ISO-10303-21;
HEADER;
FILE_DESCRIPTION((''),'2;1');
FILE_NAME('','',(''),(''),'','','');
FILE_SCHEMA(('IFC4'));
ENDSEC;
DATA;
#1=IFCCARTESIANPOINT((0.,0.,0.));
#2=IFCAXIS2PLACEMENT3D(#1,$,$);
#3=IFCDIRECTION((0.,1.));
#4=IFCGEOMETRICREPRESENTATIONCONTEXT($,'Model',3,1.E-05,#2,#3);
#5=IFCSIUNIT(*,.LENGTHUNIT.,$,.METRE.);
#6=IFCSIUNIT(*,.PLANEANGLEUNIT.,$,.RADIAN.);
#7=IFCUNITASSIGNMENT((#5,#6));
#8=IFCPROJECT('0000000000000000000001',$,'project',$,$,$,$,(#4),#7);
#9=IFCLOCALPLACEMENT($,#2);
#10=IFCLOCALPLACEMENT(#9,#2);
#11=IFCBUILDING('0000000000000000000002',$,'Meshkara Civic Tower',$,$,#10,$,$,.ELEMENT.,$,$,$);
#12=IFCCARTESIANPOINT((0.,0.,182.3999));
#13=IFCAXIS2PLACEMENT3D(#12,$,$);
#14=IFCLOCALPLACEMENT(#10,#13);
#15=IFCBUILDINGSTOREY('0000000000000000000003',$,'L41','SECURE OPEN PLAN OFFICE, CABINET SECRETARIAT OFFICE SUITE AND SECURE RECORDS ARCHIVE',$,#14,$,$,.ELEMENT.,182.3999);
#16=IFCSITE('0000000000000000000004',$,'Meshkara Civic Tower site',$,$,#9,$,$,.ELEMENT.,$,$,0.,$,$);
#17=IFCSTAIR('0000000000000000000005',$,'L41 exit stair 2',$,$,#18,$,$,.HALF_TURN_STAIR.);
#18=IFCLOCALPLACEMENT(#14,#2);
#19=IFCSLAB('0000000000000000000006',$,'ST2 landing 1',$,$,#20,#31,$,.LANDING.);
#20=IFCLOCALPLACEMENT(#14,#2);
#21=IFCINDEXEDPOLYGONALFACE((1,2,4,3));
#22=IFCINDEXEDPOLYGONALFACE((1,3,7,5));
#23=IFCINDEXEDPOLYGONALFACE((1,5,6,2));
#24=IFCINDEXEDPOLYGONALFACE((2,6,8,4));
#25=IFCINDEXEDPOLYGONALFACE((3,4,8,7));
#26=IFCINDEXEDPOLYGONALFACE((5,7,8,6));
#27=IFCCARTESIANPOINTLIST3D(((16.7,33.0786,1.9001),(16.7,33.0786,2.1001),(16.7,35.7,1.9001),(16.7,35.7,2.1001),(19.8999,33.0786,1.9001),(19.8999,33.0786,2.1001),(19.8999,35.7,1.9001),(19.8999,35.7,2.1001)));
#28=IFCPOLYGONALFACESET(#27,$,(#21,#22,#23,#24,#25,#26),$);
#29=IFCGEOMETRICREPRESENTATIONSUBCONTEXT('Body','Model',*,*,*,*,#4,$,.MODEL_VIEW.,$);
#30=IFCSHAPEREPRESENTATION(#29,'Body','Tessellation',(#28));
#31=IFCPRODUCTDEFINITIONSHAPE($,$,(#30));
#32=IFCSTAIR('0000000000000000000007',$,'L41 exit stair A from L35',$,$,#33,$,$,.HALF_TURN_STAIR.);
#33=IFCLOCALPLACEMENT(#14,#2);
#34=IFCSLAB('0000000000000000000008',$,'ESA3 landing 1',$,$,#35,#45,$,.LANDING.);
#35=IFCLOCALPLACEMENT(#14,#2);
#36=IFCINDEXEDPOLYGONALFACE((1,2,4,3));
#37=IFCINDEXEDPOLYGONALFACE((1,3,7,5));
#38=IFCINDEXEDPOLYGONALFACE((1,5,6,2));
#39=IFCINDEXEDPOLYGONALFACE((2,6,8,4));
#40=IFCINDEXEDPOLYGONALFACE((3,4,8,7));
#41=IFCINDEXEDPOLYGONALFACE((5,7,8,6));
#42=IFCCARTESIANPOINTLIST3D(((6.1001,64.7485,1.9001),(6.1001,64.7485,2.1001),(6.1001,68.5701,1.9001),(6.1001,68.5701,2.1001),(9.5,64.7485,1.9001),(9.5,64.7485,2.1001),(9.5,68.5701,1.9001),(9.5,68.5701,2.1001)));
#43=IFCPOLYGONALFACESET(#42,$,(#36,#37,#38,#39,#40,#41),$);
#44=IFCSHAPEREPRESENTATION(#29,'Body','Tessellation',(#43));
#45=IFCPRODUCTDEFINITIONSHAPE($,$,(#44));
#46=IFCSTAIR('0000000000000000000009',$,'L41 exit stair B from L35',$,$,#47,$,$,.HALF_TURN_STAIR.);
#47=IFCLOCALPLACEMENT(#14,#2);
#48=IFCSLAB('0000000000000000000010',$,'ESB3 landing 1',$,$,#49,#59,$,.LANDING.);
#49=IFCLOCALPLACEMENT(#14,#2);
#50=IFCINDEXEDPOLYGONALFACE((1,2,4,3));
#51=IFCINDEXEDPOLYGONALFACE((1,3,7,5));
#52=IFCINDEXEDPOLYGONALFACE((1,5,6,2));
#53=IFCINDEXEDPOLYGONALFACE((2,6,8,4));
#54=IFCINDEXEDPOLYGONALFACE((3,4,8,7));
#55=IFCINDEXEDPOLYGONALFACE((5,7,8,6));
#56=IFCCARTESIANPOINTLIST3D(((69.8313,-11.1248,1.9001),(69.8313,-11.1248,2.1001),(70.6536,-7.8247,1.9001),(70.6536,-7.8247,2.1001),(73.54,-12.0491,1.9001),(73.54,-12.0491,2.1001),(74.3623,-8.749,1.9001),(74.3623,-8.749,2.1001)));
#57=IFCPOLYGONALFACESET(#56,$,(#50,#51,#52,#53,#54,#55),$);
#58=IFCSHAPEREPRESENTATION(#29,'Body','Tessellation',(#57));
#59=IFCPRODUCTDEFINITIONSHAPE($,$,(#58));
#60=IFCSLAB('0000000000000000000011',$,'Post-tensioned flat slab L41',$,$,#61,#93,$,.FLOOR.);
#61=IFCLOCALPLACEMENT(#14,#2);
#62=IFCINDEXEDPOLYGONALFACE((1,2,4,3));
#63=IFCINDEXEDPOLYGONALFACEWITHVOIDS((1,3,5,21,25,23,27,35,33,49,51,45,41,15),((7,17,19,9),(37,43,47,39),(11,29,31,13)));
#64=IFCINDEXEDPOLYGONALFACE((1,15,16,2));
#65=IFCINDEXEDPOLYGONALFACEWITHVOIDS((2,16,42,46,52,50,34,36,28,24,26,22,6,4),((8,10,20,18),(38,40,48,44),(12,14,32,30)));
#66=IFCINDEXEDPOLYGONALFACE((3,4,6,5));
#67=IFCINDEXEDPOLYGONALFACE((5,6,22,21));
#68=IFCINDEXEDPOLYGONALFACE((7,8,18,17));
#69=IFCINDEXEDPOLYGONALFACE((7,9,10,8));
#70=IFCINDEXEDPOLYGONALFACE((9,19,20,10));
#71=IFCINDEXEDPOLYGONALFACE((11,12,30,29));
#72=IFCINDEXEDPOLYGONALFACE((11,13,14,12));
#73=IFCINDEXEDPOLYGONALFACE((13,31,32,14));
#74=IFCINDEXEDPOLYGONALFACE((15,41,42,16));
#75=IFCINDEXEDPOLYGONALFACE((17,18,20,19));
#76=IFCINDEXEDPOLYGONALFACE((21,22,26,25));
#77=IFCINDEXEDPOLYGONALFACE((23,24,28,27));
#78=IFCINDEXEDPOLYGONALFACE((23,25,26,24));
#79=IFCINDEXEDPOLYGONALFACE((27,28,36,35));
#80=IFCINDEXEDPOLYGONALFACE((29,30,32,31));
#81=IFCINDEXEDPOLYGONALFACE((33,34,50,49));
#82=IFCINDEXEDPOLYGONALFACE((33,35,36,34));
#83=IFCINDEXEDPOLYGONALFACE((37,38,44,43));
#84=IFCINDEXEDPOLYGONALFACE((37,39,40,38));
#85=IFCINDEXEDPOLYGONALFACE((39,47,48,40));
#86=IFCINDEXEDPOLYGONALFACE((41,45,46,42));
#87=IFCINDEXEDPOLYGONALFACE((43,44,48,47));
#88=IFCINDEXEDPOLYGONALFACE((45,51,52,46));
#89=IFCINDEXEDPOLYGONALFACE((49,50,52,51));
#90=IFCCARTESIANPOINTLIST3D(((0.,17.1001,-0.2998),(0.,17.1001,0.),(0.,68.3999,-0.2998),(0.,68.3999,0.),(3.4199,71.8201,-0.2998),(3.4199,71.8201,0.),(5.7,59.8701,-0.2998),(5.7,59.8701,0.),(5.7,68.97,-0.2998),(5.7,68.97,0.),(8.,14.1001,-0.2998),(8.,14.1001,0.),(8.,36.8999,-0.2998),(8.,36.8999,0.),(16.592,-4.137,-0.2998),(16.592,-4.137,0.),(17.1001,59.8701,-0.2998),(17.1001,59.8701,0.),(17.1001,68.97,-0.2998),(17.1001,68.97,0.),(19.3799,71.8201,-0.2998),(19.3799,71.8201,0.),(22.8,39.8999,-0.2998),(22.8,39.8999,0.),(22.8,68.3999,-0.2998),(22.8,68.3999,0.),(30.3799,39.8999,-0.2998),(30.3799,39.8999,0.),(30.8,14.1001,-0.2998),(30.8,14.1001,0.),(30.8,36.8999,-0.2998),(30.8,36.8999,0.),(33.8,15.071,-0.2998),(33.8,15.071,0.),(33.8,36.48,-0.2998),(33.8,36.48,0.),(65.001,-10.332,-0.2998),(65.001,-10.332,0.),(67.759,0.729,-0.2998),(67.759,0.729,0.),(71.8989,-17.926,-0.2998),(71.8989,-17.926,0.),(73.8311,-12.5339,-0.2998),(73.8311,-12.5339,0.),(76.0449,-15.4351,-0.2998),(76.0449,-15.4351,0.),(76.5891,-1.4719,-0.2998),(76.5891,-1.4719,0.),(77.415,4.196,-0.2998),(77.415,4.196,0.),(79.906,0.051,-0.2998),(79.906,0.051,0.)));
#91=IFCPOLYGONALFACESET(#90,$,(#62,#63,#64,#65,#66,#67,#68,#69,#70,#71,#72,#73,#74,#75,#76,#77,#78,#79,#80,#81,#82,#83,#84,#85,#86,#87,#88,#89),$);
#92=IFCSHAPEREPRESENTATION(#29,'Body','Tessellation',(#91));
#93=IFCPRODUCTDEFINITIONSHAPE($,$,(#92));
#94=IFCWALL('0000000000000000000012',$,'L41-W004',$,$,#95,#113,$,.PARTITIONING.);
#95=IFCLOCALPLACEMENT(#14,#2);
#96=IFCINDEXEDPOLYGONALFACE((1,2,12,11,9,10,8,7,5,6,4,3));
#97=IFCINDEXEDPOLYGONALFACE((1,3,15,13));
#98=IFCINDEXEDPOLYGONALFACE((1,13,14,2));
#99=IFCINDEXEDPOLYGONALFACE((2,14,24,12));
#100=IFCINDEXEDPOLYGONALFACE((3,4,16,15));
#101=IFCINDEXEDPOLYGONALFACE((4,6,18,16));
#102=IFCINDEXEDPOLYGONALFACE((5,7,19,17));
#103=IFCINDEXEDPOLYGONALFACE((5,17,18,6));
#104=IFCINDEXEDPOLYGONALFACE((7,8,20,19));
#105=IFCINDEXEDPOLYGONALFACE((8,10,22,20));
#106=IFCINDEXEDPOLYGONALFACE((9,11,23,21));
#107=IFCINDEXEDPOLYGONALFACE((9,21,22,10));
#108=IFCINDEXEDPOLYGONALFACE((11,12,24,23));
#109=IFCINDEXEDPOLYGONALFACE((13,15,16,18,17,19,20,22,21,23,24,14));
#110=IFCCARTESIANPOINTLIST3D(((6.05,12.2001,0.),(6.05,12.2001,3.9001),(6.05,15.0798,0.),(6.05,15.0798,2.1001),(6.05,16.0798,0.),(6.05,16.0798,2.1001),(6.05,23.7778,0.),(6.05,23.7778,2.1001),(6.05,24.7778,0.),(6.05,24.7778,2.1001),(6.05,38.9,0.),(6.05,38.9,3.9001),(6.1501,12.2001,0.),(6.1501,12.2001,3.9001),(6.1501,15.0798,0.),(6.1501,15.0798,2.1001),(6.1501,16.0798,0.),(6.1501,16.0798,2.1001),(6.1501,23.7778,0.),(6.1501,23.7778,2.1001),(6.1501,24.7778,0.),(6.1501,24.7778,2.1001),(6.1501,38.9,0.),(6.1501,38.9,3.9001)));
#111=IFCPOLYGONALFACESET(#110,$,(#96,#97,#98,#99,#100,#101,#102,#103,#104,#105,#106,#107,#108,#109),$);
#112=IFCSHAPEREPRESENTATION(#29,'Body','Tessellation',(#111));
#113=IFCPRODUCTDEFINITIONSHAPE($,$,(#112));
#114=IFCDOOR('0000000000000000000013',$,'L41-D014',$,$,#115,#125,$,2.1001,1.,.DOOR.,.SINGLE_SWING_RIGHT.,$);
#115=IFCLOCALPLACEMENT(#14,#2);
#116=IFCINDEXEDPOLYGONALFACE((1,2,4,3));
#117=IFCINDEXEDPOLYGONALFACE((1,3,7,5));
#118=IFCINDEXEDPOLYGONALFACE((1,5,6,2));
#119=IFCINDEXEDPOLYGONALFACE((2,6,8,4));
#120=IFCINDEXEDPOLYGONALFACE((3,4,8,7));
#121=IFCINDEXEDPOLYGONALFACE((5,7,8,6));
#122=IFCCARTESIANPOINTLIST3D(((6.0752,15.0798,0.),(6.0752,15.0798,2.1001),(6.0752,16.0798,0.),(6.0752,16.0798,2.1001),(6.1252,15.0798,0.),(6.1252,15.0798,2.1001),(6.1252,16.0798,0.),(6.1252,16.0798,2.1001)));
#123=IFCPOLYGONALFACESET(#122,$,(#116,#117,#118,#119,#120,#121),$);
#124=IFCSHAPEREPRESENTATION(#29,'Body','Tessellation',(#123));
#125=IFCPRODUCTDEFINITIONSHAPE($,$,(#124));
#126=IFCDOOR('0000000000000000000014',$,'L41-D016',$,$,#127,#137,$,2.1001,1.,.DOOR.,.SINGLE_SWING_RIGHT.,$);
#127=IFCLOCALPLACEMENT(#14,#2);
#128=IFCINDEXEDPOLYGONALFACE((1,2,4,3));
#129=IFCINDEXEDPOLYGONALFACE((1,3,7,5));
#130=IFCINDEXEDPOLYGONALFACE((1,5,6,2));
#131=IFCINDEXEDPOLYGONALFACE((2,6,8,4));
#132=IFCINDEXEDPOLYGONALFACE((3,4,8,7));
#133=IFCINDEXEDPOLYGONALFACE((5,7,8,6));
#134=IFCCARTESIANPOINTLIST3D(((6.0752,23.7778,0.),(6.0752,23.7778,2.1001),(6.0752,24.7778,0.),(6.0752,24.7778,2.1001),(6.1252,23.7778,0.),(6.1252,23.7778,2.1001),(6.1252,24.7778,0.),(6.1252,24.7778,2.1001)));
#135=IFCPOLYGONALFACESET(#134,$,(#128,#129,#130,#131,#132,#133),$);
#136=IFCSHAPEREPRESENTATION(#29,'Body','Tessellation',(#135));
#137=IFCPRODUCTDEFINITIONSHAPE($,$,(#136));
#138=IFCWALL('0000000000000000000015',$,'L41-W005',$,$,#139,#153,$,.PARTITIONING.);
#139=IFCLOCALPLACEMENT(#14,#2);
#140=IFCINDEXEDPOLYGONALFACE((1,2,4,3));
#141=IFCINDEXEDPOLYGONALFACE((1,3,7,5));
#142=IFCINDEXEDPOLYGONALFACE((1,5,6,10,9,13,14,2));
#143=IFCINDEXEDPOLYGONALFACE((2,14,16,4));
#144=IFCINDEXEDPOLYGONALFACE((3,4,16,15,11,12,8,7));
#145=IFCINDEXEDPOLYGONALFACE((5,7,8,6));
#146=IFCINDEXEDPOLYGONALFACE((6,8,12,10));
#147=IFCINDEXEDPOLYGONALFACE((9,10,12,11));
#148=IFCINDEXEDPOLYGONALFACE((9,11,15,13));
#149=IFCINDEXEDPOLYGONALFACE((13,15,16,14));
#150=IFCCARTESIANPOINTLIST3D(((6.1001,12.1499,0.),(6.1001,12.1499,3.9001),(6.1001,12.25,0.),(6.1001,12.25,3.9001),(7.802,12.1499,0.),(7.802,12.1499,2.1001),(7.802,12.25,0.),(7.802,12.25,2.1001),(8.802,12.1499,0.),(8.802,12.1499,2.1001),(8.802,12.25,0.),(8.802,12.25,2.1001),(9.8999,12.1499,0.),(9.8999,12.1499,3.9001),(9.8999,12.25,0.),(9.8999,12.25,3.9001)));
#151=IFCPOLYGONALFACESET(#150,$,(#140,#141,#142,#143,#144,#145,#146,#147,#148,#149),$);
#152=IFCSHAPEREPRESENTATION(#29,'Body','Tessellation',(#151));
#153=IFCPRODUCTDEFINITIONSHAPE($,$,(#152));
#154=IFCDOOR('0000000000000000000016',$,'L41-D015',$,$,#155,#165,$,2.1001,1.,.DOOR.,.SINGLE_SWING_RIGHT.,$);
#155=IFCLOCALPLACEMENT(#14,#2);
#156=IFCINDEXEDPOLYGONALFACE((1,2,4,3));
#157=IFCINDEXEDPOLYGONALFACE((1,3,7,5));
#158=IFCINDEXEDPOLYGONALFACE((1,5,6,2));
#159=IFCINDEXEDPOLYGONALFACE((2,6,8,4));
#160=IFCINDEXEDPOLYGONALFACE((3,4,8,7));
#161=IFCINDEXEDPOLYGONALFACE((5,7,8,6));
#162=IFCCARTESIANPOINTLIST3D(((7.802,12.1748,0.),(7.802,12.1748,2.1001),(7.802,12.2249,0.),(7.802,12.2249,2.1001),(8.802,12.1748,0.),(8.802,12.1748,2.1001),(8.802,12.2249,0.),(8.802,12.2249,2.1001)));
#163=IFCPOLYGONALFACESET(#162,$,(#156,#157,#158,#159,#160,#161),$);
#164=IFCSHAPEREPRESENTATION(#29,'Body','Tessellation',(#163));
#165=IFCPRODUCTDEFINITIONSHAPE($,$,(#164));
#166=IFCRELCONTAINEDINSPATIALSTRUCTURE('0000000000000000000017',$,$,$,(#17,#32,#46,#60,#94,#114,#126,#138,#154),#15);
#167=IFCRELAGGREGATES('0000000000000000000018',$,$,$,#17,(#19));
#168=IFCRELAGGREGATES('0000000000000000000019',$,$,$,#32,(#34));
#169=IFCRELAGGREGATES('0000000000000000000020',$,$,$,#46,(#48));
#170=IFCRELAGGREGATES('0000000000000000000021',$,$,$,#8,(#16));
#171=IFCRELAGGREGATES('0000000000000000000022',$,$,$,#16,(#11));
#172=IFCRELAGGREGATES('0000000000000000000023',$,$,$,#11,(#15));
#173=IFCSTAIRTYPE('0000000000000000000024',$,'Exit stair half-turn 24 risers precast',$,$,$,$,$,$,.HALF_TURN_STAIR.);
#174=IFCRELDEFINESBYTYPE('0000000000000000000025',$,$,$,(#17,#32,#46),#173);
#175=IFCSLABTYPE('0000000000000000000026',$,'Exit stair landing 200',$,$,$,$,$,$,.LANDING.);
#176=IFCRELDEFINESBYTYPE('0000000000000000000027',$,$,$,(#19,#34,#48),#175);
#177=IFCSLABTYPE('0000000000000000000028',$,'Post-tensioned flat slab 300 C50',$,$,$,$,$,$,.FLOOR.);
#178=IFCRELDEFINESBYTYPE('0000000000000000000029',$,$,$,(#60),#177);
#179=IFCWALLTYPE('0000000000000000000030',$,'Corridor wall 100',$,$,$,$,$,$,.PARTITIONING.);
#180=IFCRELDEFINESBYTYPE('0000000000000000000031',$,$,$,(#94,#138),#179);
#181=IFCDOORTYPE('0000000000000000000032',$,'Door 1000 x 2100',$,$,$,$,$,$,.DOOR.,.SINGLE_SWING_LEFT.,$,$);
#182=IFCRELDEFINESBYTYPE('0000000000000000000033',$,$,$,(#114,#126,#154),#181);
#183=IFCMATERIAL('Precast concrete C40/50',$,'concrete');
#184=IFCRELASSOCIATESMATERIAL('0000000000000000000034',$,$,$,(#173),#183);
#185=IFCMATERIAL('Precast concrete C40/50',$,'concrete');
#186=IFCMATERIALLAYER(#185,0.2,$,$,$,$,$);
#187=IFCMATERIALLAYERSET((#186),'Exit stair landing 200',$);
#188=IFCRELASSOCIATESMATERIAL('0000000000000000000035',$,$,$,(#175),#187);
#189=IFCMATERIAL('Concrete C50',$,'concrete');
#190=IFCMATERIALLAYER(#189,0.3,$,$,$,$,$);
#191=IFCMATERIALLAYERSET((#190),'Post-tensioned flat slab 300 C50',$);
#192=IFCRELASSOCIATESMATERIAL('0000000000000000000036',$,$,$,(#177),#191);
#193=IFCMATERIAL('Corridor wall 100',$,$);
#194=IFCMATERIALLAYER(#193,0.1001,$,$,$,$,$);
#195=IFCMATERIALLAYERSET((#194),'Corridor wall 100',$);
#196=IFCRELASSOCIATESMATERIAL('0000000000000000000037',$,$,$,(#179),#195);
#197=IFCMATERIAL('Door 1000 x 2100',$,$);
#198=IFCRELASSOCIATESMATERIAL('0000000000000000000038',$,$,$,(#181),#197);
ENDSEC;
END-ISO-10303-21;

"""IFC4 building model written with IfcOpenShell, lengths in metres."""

from ifc_helpers import new_model, si_unit, direction, frame, frame_2d, origin, place, context, subcontext, project, spatial, polyline, rectangle, outline, extrude, material, layer, layer_set, type_object, element, fill, aggregate, save


model = new_model("IFC4")

# Units and contexts
model_context = context("Model", 3, precision=1e-05, world=origin(), true_north=direction((0.0, 1.0)))
body_context = subcontext(model_context, "Body", "Model", "MODEL_VIEW")
ifc_project = project(units=[si_unit("LENGTHUNIT", "METRE"), si_unit("PLANEANGLEUNIT", "RADIAN")], contexts=[model_context])

# Site, building, storey
site_placement = place(None, origin())
site = spatial("IfcSite", under=ifc_project, at=site_placement, Name="Meshkara Civic Tower site", CompositionType="ELEMENT", RefElevation=0.0)
building_placement = place(site_placement, origin())
building = spatial("IfcBuilding", under=site, at=building_placement, Name="Meshkara Civic Tower", CompositionType="ELEMENT")
storey_placement = place(building_placement, frame((0.0, 0.0, 182.3999)))
storey = spatial("IfcBuildingStorey", under=building, at=storey_placement, Name="L41", Description="SECURE OPEN PLAN OFFICE, CABINET SECRETARIAT OFFICE SUITE AND SECURE RECORDS ARCHIVE", CompositionType="ELEMENT", Elevation=182.3999)

# Stairs, slabs
ifc_material_1 = material(Name="Precast concrete C40/50", Category="concrete")
stair_type = type_object("IfcStairType", Name="Exit stair half-turn 24 risers precast", PredefinedType="HALF_TURN_STAIR", material=ifc_material_1)
ifc_material_2 = material(Name="Precast concrete C40/50", Category="concrete")
ifc_layer_1 = layer(ifc_material_2, 0.2)
ifc_layer_set_1 = layer_set([ifc_layer_1], Name="Exit stair landing 200")
slab_type_1 = type_object("IfcSlabType", Name="Exit stair landing 200", PredefinedType="LANDING", material=ifc_layer_set_1)
stair_1_placement = place(storey_placement, origin())
stair_1 = element("IfcStair", 1, at=stair_1_placement, inside=storey, type_object=stair_type, Name="L41 exit stair 2", PredefinedType="HALF_TURN_STAIR")
slab_1_placement = place(storey_placement, frame((0.0, 0.0, 1.9001)))
slab_1 = element("IfcSlab", 2, at=slab_1_placement, type_object=slab_type_1, Name="ST2 landing 1", PredefinedType="LANDING", context=body_context, shape_type="SweptSolid", body=[
    extrude(outline(polyline([(19.8999, 33.0786), (19.8999, 35.7), (16.7, 35.7), (16.7, 33.0786), (19.8999, 33.0786)])), origin(), (0.0, 0.0, 1.0), 0.2),
])
aggregate(stair_1, [slab_1])
stair_2_placement = place(storey_placement, origin())
stair_2 = element("IfcStair", 3, at=stair_2_placement, inside=storey, type_object=stair_type, Name="L41 exit stair A from L35", PredefinedType="HALF_TURN_STAIR")
slab_2_placement = place(storey_placement, frame((0.0, 0.0, 1.9001)))
slab_2 = element("IfcSlab", 4, at=slab_2_placement, type_object=slab_type_1, Name="ESA3 landing 1", PredefinedType="LANDING", context=body_context, shape_type="SweptSolid", body=[
    extrude(outline(polyline([(9.5, 64.7485), (9.5, 68.5701), (6.1001, 68.5701), (6.1001, 64.7485), (9.5, 64.7485)])), origin(), (0.0, 0.0, 1.0), 0.2),
])
aggregate(stair_2, [slab_2])
stair_3_placement = place(storey_placement, origin())
stair_3 = element("IfcStair", 5, at=stair_3_placement, inside=storey, type_object=stair_type, Name="L41 exit stair B from L35", PredefinedType="HALF_TURN_STAIR")
slab_3_placement = place(storey_placement, frame((0.0, 0.0, 1.9001)))
slab_3 = element("IfcSlab", 6, at=slab_3_placement, type_object=slab_type_1, Name="ESB3 landing 1", PredefinedType="LANDING", context=body_context, shape_type="SweptSolid", body=[
    extrude(outline(polyline([(69.8313, -11.1248), (73.54, -12.0491), (74.3623, -8.749), (70.6536, -7.8247), (69.8313, -11.1248)])), origin(), (0.0, 0.0, 1.0), 0.2),
])
aggregate(stair_3, [slab_3])

# Slab
ifc_material_3 = material(Name="Concrete C50", Category="concrete")
ifc_layer_2 = layer(ifc_material_3, 0.3)
ifc_layer_set_2 = layer_set([ifc_layer_2], Name="Post-tensioned flat slab 300 C50")
slab_type_2 = type_object("IfcSlabType", Name="Post-tensioned flat slab 300 C50", PredefinedType="FLOOR", material=ifc_layer_set_2)
slab_4_placement = place(storey_placement, frame((0.0, 0.0, -0.2998)))
element("IfcSlab", 7, at=slab_4_placement, inside=storey, type_object=slab_type_2, Name="Post-tensioned flat slab L41", PredefinedType="FLOOR", context=body_context, shape_type="SweptSolid", body=[
    extrude(outline(polyline([(76.0449, -15.4351), (71.8989, -17.926), (16.592, -4.137), (0.0, 17.1001), (0.0, 68.3999), (3.4199, 71.8201), (19.3799, 71.8201), (22.8, 68.3999), (22.8, 39.8999), (30.3799, 39.8999), (33.8, 36.48), (33.8, 15.071), (77.415, 4.196), (79.906, 0.051), (76.0449, -15.4351)]), holes=[polyline([(73.8311, -12.5339), (76.5891, -1.4719), (67.759, 0.729), (65.001, -10.332), (73.8311, -12.5339)]), polyline([(8.0, 14.1001), (30.8, 14.1001), (30.8, 36.8999), (8.0, 36.8999), (8.0, 14.1001)]), polyline([(5.7, 68.97), (5.7, 59.8701), (17.1001, 59.8701), (17.1001, 68.97), (5.7, 68.97)])]), origin(), (0.0, 0.0, 1.0), 0.2998),
])

# Wall, openings, doors
ifc_material_4 = material(Name="Corridor wall 100")
ifc_layer_3 = layer(ifc_material_4, 0.1001)
ifc_layer_set_3 = layer_set([ifc_layer_3], Name="Corridor wall 100")
wall_type_1 = type_object("IfcWallType", Name="Corridor wall 100", PredefinedType="PARTITIONING", material=ifc_layer_set_3)
wall_1_placement = place(storey_placement, frame((6.1001, 12.2, 0.0), z_axis=(0.0, 0.0, 1.0), x_axis=(0.0, 1.0, 0.0)))
wall_1 = element("IfcWall", 8, at=wall_1_placement, inside=storey, type_object=wall_type_1, Name="L41-W004", PredefinedType="PARTITIONING", context=body_context, shape_type="SweptSolid", body=[
    extrude(rectangle(XDim=26.7, YDim=0.1001, at=frame_2d((13.3501, 0.0))), origin(), (0.0, 0.0, 1.0), 3.9001),
])
opening_1_placement = place(wall_1_placement, frame((2.8799, 0.0, 0.0)))
opening_1 = element("IfcOpeningElement", 9, at=opening_1_placement, cuts=wall_1, PredefinedType="OPENING", context=body_context, shape_type="SweptSolid", body=[
    extrude(rectangle(XDim=1.0, YDim=2.1001, at=frame_2d((0.5, 1.05))), frame((0.0, 0.0601, 0.0), z_axis=(0.0, -1.0, 0.0), x_axis=(1.0, 0.0, 0.0)), (0.0, 0.0, 1.0), 0.1201),
])
opening_2_placement = place(wall_1_placement, frame((11.5779, 0.0, 0.0)))
opening_2 = element("IfcOpeningElement", 10, at=opening_2_placement, cuts=wall_1, PredefinedType="OPENING", context=body_context, shape_type="SweptSolid", body=[
    extrude(rectangle(XDim=1.0, YDim=2.1001, at=frame_2d((0.5, 1.05))), frame((0.0, 0.0601, 0.0), z_axis=(0.0, -1.0, 0.0), x_axis=(1.0, 0.0, 0.0)), (0.0, 0.0, 1.0), 0.1201),
])
ifc_material_5 = material(Name="Door 1000 x 2100")
door_type_1 = type_object("IfcDoorType", Name="Door 1000 x 2100", OperationType="SINGLE_SWING_LEFT", PredefinedType="DOOR", material=ifc_material_5)
door_1_placement = place(opening_1_placement, origin())
door_1 = element("IfcDoor", 11, at=door_1_placement, inside=storey, type_object=door_type_1, Name="L41-D014", OperationType="SINGLE_SWING_RIGHT", OverallHeight=2.1001, OverallWidth=1.0, PredefinedType="DOOR", context=body_context, shape_type="SweptSolid", body=[
    extrude(rectangle(XDim=1.0, YDim=2.1001, at=frame_2d((0.5, 1.05))), frame((0.0, 0.0249, 0.0), z_axis=(0.0, -1.0, 0.0), x_axis=(1.0, 0.0, 0.0)), (0.0, 0.0, 1.0), 0.05),
])
fill(opening_1, door_1)
door_2_placement = place(opening_2_placement, origin())
door_2 = element("IfcDoor", 12, at=door_2_placement, inside=storey, type_object=door_type_1, Name="L41-D016", OperationType="SINGLE_SWING_RIGHT", OverallHeight=2.1001, OverallWidth=1.0, PredefinedType="DOOR", context=body_context, shape_type="SweptSolid", body=[
    extrude(rectangle(XDim=1.0, YDim=2.1001, at=frame_2d((0.5, 1.05))), frame((0.0, 0.0249, 0.0), z_axis=(0.0, -1.0, 0.0), x_axis=(1.0, 0.0, 0.0)), (0.0, 0.0, 1.0), 0.05),
])
fill(opening_2, door_2)

# Wall, opening, door
wall_2_placement = place(storey_placement, frame((6.1001, 12.2, 0.0), z_axis=(0.0, 0.0, 1.0), x_axis=(1.0, 0.0, 0.0)))
wall_2 = element("IfcWall", 13, at=wall_2_placement, inside=storey, type_object=wall_type_1, Name="L41-W005", PredefinedType="PARTITIONING", context=body_context, shape_type="SweptSolid", body=[
    extrude(rectangle(XDim=3.7998, YDim=0.1001, at=frame_2d((1.8999, 0.0))), origin(), (0.0, 0.0, 1.0), 3.9001),
])
opening_3_placement = place(wall_2_placement, frame((1.7019, 0.0, 0.0)))
opening_3 = element("IfcOpeningElement", 14, at=opening_3_placement, cuts=wall_2, PredefinedType="OPENING", context=body_context, shape_type="SweptSolid", body=[
    extrude(rectangle(XDim=1.0, YDim=2.1001, at=frame_2d((0.5, 1.05))), frame((0.0, 0.0601, 0.0), z_axis=(0.0, -1.0, 0.0), x_axis=(1.0, 0.0, 0.0)), (0.0, 0.0, 1.0), 0.1201),
])
door_3_placement = place(opening_3_placement, origin())
door_3 = element("IfcDoor", 15, at=door_3_placement, inside=storey, type_object=door_type_1, Name="L41-D015", OperationType="SINGLE_SWING_RIGHT", OverallHeight=2.1001, OverallWidth=1.0, PredefinedType="DOOR", context=body_context, shape_type="SweptSolid", body=[
    extrude(rectangle(XDim=1.0, YDim=2.1001, at=frame_2d((0.5, 1.05))), frame((0.0, 0.0249, 0.0), z_axis=(0.0, -1.0, 0.0), x_axis=(1.0, 0.0, 0.0)), (0.0, 0.0, 1.0), 0.05),
])
fill(opening_3, door_3)

save(model, "model.ifc")
